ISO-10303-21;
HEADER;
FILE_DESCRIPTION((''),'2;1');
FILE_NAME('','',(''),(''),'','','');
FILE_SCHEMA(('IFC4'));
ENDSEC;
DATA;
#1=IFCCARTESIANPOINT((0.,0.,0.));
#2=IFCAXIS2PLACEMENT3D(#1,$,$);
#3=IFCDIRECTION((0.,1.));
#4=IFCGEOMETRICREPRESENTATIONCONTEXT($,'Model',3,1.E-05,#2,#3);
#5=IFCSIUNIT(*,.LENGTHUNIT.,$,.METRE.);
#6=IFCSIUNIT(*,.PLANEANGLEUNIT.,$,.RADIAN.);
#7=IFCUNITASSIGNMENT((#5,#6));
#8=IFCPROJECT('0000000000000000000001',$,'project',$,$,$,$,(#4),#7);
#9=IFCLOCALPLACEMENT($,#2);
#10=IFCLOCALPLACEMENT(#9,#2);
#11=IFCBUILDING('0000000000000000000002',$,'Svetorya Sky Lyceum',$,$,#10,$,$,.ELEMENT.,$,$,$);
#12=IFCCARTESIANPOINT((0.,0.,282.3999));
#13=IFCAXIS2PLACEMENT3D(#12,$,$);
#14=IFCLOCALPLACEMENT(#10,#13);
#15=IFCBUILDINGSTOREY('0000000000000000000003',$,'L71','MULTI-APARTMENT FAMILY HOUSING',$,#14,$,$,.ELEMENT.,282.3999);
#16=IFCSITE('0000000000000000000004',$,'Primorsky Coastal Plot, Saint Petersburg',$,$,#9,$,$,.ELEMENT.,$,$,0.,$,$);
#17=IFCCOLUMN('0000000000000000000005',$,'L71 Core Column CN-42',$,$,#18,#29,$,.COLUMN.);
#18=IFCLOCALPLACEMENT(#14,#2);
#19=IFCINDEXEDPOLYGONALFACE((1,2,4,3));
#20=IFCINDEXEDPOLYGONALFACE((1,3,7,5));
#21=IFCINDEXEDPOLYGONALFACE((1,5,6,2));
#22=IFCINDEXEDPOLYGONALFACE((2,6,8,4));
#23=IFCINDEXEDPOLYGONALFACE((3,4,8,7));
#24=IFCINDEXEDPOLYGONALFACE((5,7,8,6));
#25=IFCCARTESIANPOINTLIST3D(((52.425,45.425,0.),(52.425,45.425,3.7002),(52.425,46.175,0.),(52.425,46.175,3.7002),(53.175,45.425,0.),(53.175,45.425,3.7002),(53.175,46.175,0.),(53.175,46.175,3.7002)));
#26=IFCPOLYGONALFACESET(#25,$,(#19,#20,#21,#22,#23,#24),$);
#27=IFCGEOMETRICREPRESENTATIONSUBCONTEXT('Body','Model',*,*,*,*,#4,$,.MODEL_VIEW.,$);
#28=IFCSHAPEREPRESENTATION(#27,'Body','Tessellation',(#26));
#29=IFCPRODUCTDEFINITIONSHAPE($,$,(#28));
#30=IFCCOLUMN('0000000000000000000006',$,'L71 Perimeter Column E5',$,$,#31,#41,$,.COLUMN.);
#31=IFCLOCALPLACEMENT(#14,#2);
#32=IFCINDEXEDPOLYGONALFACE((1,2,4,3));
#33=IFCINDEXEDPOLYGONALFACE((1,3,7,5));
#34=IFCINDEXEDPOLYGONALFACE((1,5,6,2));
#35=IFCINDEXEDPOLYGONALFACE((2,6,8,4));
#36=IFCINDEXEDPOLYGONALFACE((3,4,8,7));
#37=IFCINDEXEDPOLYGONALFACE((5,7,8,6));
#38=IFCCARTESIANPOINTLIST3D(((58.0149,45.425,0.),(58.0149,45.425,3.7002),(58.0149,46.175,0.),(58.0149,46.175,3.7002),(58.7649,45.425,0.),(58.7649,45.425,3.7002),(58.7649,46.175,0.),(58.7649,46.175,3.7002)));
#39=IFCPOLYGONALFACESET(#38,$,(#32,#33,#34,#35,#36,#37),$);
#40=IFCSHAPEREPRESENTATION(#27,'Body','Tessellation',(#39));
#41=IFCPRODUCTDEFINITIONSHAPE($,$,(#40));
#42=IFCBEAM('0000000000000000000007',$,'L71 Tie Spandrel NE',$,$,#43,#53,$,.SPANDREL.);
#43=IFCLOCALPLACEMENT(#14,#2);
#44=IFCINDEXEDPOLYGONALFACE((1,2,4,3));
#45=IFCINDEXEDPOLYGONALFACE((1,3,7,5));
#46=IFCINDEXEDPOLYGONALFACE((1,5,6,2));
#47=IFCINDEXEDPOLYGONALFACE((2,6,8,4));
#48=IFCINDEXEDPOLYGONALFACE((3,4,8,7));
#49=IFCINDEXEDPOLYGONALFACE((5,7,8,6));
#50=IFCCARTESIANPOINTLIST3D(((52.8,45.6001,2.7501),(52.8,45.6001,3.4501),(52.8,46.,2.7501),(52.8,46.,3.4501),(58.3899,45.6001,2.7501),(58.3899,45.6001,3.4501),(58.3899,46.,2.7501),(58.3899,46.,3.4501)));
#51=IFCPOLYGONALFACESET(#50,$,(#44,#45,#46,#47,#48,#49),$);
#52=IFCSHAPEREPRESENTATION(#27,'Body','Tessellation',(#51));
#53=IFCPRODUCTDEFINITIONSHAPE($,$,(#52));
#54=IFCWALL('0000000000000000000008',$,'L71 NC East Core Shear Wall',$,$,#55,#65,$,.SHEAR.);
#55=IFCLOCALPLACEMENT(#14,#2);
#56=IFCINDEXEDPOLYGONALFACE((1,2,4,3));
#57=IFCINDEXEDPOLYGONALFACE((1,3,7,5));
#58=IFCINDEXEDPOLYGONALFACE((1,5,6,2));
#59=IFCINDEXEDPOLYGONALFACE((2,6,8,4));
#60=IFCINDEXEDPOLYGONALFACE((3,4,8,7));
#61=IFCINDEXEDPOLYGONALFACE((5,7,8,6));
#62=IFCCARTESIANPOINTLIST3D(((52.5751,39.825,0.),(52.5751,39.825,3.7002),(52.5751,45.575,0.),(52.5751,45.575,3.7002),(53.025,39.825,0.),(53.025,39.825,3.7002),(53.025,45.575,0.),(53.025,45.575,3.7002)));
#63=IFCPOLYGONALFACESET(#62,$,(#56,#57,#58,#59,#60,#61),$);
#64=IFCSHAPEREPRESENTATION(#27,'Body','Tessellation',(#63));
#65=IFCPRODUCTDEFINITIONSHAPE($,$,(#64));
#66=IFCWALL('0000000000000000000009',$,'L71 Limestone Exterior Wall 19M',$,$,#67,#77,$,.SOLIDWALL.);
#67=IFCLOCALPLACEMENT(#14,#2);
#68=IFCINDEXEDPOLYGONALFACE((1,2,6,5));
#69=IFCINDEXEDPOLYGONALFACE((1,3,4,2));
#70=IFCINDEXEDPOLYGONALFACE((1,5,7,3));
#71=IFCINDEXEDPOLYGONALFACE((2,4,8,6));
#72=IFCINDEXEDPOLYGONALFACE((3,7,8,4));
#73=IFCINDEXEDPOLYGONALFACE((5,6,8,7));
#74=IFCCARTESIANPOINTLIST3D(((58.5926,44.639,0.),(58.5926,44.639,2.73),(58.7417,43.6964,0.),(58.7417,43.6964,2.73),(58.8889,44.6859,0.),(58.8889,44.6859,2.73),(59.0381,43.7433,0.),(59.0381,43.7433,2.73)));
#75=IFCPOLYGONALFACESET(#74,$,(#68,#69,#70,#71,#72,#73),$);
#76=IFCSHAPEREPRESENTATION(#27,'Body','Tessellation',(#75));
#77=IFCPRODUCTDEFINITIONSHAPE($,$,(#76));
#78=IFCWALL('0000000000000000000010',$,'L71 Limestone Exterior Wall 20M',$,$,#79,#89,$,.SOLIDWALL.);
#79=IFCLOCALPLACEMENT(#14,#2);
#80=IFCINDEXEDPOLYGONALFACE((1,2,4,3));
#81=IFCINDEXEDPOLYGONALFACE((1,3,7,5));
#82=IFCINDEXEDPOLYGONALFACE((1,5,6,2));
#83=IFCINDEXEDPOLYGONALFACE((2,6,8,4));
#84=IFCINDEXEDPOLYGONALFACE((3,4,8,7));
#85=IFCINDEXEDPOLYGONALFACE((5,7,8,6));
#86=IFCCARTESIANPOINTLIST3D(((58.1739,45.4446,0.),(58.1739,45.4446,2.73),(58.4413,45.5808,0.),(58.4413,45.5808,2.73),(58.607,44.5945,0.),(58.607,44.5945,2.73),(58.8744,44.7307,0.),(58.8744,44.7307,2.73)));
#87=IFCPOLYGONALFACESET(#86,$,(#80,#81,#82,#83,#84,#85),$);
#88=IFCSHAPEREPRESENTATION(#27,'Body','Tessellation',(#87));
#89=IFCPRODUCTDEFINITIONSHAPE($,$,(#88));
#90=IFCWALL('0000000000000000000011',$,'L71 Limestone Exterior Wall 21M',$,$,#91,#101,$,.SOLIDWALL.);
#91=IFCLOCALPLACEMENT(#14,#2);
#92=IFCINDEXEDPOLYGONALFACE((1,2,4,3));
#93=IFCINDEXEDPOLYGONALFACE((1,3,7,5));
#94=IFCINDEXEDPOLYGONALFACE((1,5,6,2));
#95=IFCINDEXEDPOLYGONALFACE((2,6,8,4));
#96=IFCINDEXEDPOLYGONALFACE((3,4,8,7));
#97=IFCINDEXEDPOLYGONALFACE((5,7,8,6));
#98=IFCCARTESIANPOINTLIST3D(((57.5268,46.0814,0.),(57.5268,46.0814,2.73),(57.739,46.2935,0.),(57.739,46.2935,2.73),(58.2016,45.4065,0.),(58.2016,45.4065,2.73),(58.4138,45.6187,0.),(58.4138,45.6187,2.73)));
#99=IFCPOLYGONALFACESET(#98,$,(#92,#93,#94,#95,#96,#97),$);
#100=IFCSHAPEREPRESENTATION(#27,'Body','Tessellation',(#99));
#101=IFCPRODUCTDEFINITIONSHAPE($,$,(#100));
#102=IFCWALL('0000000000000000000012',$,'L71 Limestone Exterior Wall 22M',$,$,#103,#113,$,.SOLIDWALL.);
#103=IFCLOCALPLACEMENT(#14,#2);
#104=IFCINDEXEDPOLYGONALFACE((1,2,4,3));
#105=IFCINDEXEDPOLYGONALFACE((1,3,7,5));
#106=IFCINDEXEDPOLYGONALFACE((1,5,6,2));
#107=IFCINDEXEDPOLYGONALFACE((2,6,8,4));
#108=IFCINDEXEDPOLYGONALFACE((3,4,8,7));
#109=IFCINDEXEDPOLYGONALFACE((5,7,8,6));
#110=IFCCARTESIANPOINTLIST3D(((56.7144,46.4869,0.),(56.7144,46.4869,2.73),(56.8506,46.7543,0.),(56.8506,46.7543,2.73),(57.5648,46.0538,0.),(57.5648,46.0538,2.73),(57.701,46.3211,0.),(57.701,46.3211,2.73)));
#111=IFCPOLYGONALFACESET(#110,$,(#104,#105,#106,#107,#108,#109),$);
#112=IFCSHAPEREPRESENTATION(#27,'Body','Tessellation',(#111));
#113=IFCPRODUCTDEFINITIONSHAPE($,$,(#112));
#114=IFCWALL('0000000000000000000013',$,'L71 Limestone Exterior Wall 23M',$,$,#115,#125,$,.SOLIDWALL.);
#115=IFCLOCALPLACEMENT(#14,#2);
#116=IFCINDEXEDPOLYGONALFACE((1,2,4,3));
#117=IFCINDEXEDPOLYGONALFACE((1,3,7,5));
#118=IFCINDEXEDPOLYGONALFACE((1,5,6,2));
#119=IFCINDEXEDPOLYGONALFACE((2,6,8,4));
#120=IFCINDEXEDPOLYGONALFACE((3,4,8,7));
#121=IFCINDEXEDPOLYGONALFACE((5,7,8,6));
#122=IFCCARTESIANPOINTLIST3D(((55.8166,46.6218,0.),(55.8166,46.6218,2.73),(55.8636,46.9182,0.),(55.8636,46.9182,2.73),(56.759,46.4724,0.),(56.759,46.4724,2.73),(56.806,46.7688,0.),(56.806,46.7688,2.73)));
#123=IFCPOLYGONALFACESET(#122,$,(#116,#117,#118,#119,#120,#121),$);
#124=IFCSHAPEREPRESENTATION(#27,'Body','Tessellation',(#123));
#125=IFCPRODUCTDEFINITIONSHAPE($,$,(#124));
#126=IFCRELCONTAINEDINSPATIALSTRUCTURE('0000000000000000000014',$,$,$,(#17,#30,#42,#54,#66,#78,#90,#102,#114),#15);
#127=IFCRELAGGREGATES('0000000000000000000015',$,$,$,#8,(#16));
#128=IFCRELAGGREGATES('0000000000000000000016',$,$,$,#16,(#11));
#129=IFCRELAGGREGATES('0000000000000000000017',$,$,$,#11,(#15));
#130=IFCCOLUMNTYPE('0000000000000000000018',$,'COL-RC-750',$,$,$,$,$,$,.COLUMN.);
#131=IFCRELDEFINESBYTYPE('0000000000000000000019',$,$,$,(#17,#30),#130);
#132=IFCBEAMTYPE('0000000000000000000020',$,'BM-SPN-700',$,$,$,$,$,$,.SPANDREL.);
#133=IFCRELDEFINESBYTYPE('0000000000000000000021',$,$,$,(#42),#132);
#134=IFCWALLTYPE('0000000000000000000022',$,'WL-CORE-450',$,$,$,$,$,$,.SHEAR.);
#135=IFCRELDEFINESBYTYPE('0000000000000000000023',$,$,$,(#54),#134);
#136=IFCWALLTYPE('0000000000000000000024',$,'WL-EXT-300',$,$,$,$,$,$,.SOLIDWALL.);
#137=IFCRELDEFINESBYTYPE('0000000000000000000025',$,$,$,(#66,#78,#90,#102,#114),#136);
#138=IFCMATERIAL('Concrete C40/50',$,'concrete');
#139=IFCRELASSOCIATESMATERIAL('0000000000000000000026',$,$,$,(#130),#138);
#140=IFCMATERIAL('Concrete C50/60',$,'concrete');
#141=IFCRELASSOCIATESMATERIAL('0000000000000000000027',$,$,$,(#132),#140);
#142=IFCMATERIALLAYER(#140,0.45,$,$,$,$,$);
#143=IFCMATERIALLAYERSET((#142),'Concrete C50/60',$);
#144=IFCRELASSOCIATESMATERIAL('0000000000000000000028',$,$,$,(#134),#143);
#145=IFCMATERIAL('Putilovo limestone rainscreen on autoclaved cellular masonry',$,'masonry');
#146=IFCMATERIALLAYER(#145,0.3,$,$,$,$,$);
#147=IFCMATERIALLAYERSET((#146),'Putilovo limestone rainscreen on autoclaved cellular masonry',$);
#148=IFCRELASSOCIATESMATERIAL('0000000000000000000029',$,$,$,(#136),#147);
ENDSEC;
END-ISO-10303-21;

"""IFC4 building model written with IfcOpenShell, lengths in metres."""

from ifc_helpers import new_model, si_unit, direction, frame, frame_2d, origin, origin_2d, place, context, subcontext, project, spatial, rectangle, extrude, material, layer, layer_set, material_profile, profile_set, type_object, element, save


model = new_model("IFC4")

# Units and contexts
model_context = context("Model", 3, precision=1e-05, world=origin(), true_north=direction((0.0, 1.0)))
body_context = subcontext(model_context, "Body", "Model", "MODEL_VIEW")
ifc_project = project(units=[si_unit("LENGTHUNIT", "METRE"), si_unit("PLANEANGLEUNIT", "RADIAN")], contexts=[model_context])

# Site, building, storey
site_placement = place(None, origin())
site = spatial("IfcSite", under=ifc_project, at=site_placement, Name="Primorsky Coastal Plot, Saint Petersburg", CompositionType="ELEMENT", RefElevation=0.0)
building_placement = place(site_placement, origin())
building = spatial("IfcBuilding", under=site, at=building_placement, Name="Svetorya Sky Lyceum", CompositionType="ELEMENT")
storey_placement = place(building_placement, frame((0.0, 0.0, 282.3999)))
storey = spatial("IfcBuildingStorey", under=building, at=storey_placement, Name="L71", Description="MULTI-APARTMENT FAMILY HOUSING", CompositionType="ELEMENT", Elevation=282.3999)

# Columns
ifc_material_1 = material(Name="Concrete C40/50", Category="concrete")
ifc_material_profile_1 = material_profile(ifc_material_1, rectangle(XDim=0.75, YDim=0.75, at=origin_2d()), Name="RC COL 750x750")
ifc_profile_set_1 = profile_set([ifc_material_profile_1], Name="Concrete C40/50")
column_type = type_object("IfcColumnType", Name="COL-RC-750", PredefinedType="COLUMN", material=ifc_profile_set_1)
for number, where, z_axis, x_axis, name in (
    (1, (52.8, 45.8, 0.0), (0.0, 0.0, 1.0), (1.0, 0.0, 0.0), "L71 Core Column CN-42"),
    (2, (58.3899, 45.8, 0.0), (0.0, 0.0, 1.0), (1.0, 0.0, 0.0), "L71 Perimeter Column E5"),
):
    element("IfcColumn", number, at=place(storey_placement, frame(where, z_axis=z_axis, x_axis=x_axis)), inside=storey, type_object=column_type, Name=name, PredefinedType="COLUMN", context=body_context, shape_type="SweptSolid", body=[
        extrude(rectangle(XDim=0.75, YDim=0.75, at=origin_2d()), origin(), (0.0, 0.0, 1.0), 3.7002),
    ])

# Beam
ifc_material_2 = material(Name="Concrete C50/60", Category="concrete")
ifc_material_profile_2 = material_profile(ifc_material_2, rectangle(XDim=0.3999, YDim=0.7, at=origin_2d()), Name="RC SPANDREL 400x700")
ifc_profile_set_2 = profile_set([ifc_material_profile_2], Name="Concrete C50/60")
beam_type = type_object("IfcBeamType", Name="BM-SPN-700", PredefinedType="SPANDREL", material=ifc_profile_set_2)
beam_placement = place(storey_placement, frame((52.8, 45.8, 3.1001), z_axis=(1.0, 0.0, 0.0), x_axis=(0.0, 1.0, 0.0)))
element("IfcBeam", 3, at=beam_placement, inside=storey, type_object=beam_type, Name="L71 Tie Spandrel NE", PredefinedType="SPANDREL", context=body_context, shape_type="SweptSolid", body=[
    extrude(rectangle(XDim=0.3999, YDim=0.7, at=origin_2d()), origin(), (0.0, 0.0, 1.0), 5.5898),
])

# Walls
ifc_layer_1 = layer(ifc_material_2, 0.45)
ifc_layer_set_1 = layer_set([ifc_layer_1], Name="Concrete C50/60")
wall_type_1 = type_object("IfcWallType", Name="WL-CORE-450", PredefinedType="SHEAR", material=ifc_layer_set_1)
wall_1_placement = place(storey_placement, frame((52.8, 39.825, 0.0), z_axis=(0.0, 0.0, 1.0), x_axis=(0.0, 1.0, 0.0)))
element("IfcWall", 4, at=wall_1_placement, inside=storey, type_object=wall_type_1, Name="L71 NC East Core Shear Wall", PredefinedType="SHEAR", context=body_context, shape_type="SweptSolid", body=[
    extrude(rectangle(XDim=5.75, YDim=0.45, at=frame_2d((2.875, 0.0))), origin(), (0.0, 0.0, 1.0), 3.7002),
])
ifc_material_3 = material(Name="Putilovo limestone rainscreen on autoclaved cellular masonry", Category="masonry")
ifc_layer_2 = layer(ifc_material_3, 0.3)
ifc_layer_set_2 = layer_set([ifc_layer_2], Name="Putilovo limestone rainscreen on autoclaved cellular masonry")
wall_type_2 = type_object("IfcWallType", Name="WL-EXT-300", PredefinedType="SOLIDWALL", material=ifc_layer_set_2)
wall_2_placement = place(storey_placement, frame((58.8899, 43.72, 0.0), z_axis=(0.0, 0.0, 1.0), x_axis=(-0.156304, 0.987709, 0.0)))
element("IfcWall", 5, at=wall_2_placement, inside=storey, type_object=wall_type_2, Name="L71 Limestone Exterior Wall 19M", PredefinedType="SOLIDWALL", context=body_context, shape_type="SweptSolid", body=[
    extrude(rectangle(XDim=0.9543, YDim=0.3, at=frame_2d((0.4771, 0.0))), origin(), (0.0, 0.0, 1.0), 2.73),
])
wall_3_placement = place(storey_placement, frame((58.7407, 44.6626, 0.0), z_axis=(0.0, 0.0, 1.0), x_axis=(-0.453956, 0.891024, 0.0)))
element("IfcWall", 6, at=wall_3_placement, inside=storey, type_object=wall_type_2, Name="L71 Limestone Exterior Wall 20M", PredefinedType="SOLIDWALL", context=body_context, shape_type="SweptSolid", body=[
    extrude(rectangle(XDim=0.9541, YDim=0.3, at=frame_2d((0.4771, 0.0))), origin(), (0.0, 0.0, 1.0), 2.73),
])
for number, where, z_axis, x_axis, name in (
    (7, (58.3076, 45.5127, 0.0), (0.0, 0.0, 1.0), (-0.707107, 0.707107, 0.0), "L71 Limestone Exterior Wall 21M"),
    (8, (57.6328, 46.1875, 0.0), (0.0, 0.0, 1.0), (-0.891077, 0.453853, 0.0), "L71 Limestone Exterior Wall 22M"),
):
    element("IfcWall", number, at=place(storey_placement, frame(where, z_axis=z_axis, x_axis=x_axis)), inside=storey, type_object=wall_type_2, Name=name, PredefinedType="SOLIDWALL", context=body_context, shape_type="SweptSolid", body=[
        extrude(rectangle(XDim=0.9543, YDim=0.3, at=frame_2d((0.4771, 0.0))), origin(), (0.0, 0.0, 1.0), 2.73),
    ])
wall_4_placement = place(storey_placement, frame((56.7825, 46.6206, 0.0), z_axis=(0.0, 0.0, 1.0), x_axis=(-0.987663, 0.156593, 0.0)))
element("IfcWall", 9, at=wall_4_placement, inside=storey, type_object=wall_type_2, Name="L71 Limestone Exterior Wall 23M", PredefinedType="SOLIDWALL", context=body_context, shape_type="SweptSolid", body=[
    extrude(rectangle(XDim=0.9541, YDim=0.3, at=frame_2d((0.4771, 0.0))), origin(), (0.0, 0.0, 1.0), 2.73),
])

save(model, "model.ifc")
